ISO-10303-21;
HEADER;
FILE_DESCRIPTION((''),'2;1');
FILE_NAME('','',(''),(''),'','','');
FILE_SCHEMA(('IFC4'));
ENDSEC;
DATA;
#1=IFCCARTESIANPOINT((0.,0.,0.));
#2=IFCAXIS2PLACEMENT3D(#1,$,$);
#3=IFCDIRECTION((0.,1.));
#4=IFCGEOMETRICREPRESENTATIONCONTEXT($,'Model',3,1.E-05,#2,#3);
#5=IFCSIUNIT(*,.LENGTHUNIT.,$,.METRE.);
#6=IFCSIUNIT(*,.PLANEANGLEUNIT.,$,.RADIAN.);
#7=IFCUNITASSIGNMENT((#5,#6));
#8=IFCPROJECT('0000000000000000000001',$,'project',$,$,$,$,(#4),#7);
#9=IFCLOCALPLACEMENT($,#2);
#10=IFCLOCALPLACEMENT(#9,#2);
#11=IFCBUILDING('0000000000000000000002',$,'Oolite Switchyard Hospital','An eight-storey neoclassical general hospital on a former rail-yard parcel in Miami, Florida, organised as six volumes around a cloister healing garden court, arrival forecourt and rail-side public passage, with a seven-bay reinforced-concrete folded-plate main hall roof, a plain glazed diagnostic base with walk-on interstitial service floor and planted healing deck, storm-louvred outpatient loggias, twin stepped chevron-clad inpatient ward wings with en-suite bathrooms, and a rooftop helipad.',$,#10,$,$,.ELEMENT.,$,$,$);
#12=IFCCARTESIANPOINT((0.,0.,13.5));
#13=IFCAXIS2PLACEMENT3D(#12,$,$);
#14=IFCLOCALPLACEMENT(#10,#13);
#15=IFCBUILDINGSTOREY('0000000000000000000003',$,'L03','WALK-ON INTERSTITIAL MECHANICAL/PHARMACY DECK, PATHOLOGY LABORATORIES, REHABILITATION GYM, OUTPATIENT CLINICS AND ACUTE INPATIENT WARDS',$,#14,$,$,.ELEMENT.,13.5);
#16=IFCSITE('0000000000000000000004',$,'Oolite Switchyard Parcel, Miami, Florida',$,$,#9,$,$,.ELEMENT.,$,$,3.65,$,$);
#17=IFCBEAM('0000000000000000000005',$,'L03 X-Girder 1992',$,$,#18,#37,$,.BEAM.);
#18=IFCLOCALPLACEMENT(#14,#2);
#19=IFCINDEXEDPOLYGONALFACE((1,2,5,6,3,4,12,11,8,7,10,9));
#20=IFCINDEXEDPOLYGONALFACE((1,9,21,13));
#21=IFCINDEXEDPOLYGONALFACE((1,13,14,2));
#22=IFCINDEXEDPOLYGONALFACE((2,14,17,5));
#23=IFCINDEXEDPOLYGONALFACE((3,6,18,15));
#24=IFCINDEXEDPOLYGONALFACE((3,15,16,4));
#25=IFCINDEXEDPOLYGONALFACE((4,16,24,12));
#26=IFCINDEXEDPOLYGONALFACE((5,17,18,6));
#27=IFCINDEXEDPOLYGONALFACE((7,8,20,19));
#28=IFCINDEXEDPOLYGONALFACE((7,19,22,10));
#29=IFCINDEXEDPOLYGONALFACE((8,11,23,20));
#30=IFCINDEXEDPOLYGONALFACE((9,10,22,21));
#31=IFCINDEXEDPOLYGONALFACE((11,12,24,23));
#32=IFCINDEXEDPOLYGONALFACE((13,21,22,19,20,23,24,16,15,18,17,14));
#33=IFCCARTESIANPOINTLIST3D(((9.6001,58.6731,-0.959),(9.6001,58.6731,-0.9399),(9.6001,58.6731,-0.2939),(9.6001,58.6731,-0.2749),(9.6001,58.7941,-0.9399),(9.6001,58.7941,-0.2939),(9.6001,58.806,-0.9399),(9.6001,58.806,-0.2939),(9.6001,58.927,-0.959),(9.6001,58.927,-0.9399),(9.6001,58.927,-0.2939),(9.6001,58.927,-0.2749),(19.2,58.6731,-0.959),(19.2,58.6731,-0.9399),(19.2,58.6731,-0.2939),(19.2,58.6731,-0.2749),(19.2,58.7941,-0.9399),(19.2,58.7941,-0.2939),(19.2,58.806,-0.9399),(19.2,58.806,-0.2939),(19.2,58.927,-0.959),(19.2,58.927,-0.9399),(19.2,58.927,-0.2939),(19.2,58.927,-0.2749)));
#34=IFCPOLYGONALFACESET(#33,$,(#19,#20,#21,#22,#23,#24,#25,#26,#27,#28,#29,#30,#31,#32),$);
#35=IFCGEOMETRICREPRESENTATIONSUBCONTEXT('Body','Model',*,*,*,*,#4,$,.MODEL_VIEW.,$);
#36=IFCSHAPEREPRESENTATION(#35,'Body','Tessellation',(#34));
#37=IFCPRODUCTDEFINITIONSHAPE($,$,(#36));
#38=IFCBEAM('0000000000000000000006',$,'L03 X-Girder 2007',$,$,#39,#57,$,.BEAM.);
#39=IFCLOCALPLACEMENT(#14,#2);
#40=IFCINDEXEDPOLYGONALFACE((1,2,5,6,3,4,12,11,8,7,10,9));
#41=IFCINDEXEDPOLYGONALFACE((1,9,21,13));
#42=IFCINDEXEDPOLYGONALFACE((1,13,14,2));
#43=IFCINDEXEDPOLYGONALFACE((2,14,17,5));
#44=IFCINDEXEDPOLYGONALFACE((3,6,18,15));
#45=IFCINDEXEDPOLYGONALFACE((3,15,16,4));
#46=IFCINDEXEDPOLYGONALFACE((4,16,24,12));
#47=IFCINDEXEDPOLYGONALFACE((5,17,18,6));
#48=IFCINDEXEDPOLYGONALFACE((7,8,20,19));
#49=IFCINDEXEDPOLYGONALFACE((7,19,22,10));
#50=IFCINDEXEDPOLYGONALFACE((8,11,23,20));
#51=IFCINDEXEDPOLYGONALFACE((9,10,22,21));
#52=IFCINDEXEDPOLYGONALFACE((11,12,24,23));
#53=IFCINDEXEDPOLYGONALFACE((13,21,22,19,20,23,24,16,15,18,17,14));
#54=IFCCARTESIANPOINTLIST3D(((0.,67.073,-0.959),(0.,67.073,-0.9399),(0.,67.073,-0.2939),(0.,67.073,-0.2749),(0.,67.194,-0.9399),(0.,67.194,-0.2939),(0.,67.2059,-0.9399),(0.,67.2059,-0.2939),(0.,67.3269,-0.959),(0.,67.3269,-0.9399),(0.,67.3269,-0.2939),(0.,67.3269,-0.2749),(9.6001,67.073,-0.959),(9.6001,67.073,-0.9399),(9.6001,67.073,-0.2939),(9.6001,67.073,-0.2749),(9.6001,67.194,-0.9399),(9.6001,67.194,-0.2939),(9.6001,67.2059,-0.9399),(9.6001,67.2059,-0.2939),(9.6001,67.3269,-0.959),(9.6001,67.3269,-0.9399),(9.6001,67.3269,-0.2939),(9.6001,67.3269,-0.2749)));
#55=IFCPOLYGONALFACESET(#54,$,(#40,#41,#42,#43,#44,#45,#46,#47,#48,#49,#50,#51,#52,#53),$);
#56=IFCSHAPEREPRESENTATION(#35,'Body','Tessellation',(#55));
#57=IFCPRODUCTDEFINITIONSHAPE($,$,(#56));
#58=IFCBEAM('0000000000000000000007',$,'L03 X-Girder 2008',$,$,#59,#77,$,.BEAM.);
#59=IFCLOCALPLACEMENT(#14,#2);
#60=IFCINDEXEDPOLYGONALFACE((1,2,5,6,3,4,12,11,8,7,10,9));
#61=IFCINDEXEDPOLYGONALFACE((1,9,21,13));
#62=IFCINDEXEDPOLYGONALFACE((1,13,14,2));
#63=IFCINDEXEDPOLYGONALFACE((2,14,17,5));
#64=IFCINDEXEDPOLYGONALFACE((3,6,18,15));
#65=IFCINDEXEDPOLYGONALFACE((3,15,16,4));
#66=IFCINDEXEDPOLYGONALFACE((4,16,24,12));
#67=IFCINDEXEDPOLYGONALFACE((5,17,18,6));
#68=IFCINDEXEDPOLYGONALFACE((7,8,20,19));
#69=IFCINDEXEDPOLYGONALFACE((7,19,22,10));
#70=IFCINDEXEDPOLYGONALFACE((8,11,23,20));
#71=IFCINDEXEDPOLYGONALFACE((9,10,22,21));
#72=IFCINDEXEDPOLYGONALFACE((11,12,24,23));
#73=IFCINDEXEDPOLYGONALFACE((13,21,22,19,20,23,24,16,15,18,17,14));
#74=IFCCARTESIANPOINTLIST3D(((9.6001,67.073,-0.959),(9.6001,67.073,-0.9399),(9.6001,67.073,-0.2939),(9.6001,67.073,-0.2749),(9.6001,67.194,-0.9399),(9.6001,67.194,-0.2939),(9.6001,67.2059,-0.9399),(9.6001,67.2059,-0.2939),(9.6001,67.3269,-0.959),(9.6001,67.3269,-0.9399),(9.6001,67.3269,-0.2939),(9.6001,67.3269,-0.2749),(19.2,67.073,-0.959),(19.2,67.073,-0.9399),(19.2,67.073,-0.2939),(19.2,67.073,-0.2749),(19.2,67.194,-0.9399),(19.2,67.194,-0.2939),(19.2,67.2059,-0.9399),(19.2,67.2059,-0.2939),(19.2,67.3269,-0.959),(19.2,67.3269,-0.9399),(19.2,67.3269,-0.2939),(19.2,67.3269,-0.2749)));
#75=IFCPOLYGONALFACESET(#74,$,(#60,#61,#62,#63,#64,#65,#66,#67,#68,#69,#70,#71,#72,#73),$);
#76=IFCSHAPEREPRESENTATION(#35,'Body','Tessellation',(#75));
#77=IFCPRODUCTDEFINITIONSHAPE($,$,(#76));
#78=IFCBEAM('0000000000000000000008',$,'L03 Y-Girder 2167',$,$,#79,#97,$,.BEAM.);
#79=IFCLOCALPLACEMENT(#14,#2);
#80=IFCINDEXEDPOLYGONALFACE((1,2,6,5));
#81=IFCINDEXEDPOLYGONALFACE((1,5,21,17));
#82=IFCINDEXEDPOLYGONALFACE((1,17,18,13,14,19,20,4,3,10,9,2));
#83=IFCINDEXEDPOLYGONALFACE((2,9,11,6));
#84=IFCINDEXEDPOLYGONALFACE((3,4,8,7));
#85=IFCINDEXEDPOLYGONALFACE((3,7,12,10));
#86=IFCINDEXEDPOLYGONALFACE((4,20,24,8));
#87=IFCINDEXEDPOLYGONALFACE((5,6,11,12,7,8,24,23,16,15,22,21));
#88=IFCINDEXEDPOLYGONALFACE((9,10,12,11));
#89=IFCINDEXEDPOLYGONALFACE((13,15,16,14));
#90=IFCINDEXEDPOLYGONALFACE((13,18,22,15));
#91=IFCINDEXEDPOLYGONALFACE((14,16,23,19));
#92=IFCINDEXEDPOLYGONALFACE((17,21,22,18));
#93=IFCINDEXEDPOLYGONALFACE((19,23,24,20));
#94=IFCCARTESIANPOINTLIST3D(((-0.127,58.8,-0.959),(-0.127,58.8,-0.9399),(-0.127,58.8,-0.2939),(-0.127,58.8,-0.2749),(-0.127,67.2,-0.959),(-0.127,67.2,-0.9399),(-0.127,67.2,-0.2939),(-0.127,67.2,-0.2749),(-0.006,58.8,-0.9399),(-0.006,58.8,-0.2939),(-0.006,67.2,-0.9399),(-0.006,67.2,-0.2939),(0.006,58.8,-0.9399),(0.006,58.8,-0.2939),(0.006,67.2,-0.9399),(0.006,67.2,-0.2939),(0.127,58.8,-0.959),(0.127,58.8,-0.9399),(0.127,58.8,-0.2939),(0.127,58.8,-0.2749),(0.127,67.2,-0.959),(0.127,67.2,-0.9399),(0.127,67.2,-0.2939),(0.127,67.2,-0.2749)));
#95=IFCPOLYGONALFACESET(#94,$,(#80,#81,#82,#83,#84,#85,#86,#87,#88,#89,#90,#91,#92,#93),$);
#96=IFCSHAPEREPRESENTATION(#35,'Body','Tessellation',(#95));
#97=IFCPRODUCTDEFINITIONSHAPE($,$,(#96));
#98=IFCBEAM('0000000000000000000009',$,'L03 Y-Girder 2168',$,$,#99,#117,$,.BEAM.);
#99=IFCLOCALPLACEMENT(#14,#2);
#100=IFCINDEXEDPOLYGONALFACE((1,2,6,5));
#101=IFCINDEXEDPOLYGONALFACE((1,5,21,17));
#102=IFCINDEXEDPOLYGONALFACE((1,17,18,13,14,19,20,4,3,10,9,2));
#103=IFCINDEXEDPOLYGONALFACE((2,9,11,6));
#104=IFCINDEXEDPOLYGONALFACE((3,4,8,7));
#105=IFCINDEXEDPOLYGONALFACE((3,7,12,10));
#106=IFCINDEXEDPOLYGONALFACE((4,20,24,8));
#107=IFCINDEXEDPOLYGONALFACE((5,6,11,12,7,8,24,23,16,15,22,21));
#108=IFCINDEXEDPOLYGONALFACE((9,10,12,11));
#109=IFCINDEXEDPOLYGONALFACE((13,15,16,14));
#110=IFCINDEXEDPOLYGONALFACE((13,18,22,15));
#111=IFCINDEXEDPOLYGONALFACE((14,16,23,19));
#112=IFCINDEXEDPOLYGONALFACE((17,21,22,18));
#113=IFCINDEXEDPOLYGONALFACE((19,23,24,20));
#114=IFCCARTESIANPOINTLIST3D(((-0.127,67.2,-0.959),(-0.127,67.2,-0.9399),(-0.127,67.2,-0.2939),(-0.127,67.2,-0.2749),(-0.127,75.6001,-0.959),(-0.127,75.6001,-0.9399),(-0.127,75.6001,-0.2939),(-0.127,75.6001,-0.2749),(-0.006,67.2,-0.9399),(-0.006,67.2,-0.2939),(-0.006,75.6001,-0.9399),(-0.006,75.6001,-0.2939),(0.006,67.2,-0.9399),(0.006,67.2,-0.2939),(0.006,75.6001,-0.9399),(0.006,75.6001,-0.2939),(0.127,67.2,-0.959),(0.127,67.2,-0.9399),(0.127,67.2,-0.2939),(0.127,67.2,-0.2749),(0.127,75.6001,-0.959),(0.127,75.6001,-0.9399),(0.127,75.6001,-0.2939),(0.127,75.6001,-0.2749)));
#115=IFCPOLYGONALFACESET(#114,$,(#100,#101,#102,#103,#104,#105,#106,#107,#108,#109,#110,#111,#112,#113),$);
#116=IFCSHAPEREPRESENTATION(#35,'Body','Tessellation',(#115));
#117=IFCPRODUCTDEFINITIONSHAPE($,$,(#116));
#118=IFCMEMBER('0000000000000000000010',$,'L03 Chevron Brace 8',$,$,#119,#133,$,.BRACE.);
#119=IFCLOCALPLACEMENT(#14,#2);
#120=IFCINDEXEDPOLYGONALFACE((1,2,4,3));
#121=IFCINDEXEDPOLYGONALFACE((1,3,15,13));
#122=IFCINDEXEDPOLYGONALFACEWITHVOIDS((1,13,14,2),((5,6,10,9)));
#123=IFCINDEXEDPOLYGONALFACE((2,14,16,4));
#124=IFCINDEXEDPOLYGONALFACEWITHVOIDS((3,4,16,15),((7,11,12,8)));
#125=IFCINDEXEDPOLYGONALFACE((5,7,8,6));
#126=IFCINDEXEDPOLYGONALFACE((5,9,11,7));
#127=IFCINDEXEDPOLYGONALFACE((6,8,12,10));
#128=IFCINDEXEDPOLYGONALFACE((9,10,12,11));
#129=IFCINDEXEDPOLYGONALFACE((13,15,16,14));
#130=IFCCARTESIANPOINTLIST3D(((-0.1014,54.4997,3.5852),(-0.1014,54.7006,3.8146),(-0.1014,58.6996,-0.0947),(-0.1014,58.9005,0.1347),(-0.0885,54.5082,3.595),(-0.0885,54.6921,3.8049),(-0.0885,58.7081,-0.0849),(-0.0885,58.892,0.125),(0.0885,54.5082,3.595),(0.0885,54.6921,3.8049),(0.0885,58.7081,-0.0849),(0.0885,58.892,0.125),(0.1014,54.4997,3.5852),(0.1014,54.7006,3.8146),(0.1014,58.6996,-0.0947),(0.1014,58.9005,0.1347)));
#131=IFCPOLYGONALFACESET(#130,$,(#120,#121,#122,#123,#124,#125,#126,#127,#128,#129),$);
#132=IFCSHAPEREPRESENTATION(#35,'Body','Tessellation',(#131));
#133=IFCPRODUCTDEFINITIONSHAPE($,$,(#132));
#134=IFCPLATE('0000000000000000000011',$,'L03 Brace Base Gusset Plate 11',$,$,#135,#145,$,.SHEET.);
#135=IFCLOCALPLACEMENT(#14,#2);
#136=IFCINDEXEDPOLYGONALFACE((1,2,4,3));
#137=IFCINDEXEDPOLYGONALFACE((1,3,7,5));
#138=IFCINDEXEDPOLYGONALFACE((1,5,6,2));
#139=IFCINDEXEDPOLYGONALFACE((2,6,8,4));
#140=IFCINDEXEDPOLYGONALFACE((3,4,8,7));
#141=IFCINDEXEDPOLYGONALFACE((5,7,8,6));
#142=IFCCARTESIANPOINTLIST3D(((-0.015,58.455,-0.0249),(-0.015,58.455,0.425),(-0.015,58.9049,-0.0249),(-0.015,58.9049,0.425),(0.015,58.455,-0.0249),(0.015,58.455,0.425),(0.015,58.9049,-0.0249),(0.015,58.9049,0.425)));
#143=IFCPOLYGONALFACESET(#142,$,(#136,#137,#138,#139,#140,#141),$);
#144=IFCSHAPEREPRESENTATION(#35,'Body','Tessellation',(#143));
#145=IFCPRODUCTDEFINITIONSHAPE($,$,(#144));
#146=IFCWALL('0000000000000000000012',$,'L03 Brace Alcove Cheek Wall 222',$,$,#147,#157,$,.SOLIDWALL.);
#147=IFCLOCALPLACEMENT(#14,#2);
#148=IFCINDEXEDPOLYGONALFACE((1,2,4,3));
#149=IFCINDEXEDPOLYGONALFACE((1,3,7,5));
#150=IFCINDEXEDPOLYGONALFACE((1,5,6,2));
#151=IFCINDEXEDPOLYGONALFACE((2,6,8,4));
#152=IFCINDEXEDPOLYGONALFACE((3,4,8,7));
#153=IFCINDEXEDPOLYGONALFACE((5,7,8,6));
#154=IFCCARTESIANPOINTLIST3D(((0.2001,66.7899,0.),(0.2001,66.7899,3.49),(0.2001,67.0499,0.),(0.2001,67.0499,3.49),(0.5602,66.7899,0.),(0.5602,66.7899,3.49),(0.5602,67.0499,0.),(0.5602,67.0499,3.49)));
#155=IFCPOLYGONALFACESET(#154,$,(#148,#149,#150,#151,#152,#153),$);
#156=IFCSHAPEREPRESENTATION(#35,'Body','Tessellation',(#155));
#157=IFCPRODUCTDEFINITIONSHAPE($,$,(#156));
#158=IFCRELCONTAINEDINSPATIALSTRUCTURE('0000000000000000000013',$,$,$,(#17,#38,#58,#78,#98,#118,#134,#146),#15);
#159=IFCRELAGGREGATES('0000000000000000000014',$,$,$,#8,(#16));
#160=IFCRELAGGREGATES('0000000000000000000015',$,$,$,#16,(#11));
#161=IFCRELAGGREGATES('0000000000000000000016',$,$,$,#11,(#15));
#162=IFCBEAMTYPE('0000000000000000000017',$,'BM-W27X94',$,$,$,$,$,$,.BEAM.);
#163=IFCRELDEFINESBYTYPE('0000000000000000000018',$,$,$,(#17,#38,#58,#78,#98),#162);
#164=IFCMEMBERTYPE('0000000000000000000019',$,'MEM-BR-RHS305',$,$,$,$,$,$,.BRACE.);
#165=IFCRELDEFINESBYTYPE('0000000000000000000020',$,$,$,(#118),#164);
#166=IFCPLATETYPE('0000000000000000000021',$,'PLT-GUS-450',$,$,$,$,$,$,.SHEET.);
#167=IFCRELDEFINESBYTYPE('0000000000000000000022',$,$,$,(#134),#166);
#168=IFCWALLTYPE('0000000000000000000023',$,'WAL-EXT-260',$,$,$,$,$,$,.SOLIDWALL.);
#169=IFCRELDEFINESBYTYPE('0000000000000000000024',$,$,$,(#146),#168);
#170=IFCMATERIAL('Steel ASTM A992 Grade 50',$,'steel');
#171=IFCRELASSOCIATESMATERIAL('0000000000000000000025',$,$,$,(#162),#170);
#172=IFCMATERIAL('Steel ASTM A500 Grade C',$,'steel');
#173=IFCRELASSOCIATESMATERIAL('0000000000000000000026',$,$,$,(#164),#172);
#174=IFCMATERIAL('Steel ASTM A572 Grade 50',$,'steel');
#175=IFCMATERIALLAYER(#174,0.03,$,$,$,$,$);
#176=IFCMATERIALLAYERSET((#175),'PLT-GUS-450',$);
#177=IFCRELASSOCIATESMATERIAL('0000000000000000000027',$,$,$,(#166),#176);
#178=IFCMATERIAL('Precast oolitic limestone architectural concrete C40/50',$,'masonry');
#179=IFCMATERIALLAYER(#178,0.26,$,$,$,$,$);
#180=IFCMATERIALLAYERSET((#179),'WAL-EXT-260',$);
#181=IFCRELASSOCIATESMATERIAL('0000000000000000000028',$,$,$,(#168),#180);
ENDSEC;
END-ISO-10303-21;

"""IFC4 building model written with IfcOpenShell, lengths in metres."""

from ifc_helpers import new_model, si_unit, direction, frame, frame_2d, origin, origin_2d, place, context, subcontext, project, spatial, rectangle, hollow_rectangle, i_section, extrude, material, layer, layer_set, material_profile, profile_set, type_object, element, save


model = new_model("IFC4")

# Units and contexts
model_context = context("Model", 3, precision=1e-05, world=origin(), true_north=direction((0.0, 1.0)))
body_context = subcontext(model_context, "Body", "Model", "MODEL_VIEW")
ifc_project = project(units=[si_unit("LENGTHUNIT", "METRE"), si_unit("PLANEANGLEUNIT", "RADIAN")], contexts=[model_context])

# Site, building, storey
site_placement = place(None, origin())
site = spatial("IfcSite", under=ifc_project, at=site_placement, Name="Oolite Switchyard Parcel, Miami, Florida", CompositionType="ELEMENT", RefElevation=3.65)
building_placement = place(site_placement, origin())
building = spatial("IfcBuilding", under=site, at=building_placement, Name="Oolite Switchyard Hospital", Description="An eight-storey neoclassical general hospital on a former rail-yard parcel in Miami, Florida, organised as six volumes around a cloister healing garden court, arrival forecourt and rail-side public passage, with a seven-bay reinforced-concrete folded-plate main hall roof, a plain glazed diagnostic base with walk-on interstitial service floor and planted healing deck, storm-louvred outpatient loggias, twin stepped chevron-clad inpatient ward wings with en-suite bathrooms, and a rooftop helipad.", CompositionType="ELEMENT")
storey_placement = place(building_placement, frame((0.0, 0.0, 13.5)))
storey = spatial("IfcBuildingStorey", under=building, at=storey_placement, Name="L03", Description="WALK-ON INTERSTITIAL MECHANICAL/PHARMACY DECK, PATHOLOGY LABORATORIES, REHABILITATION GYM, OUTPATIENT CLINICS AND ACUTE INPATIENT WARDS", CompositionType="ELEMENT", Elevation=13.5)

# Beams
ifc_material_1 = material(Name="Steel ASTM A992 Grade 50", Category="steel")
ifc_material_profile_1 = material_profile(ifc_material_1, i_section(OverallWidth=0.2539, OverallDepth=0.6841, WebThickness=0.012, FlangeThickness=0.019, at=origin_2d()), Name="W27X94")
ifc_profile_set_1 = profile_set([ifc_material_profile_1], Name="Steel ASTM A992 Grade 50")
beam_type_1 = type_object("IfcBeamType", Name="BM-W27X94", PredefinedType="BEAM", material=ifc_profile_set_1)
beam_1_placement = place(storey_placement, frame((9.6001, 58.8, -0.6169), z_axis=(1.0, 0.0, 0.0), x_axis=(0.0, 1.0, 0.0)))
element("IfcBeam", 1, at=beam_1_placement, inside=storey, type_object=beam_type_1, Name="L03 X-Girder 1992", PredefinedType="BEAM", context=body_context, shape_type="SweptSolid", body=[
    extrude(i_section(OverallWidth=0.2539, OverallDepth=0.6841, WebThickness=0.012, FlangeThickness=0.019, at=origin_2d()), origin(), (0.0, 0.0, 1.0), 9.5999),
])
beam_2_placement = place(storey_placement, frame((0.0, 67.2, -0.6169), z_axis=(1.0, 0.0, 0.0), x_axis=(0.0, 1.0, 0.0)))
element("IfcBeam", 2, at=beam_2_placement, inside=storey, type_object=beam_type_1, Name="L03 X-Girder 2007", PredefinedType="BEAM", context=body_context, shape_type="SweptSolid", body=[
    extrude(i_section(OverallWidth=0.2539, OverallDepth=0.6841, WebThickness=0.012, FlangeThickness=0.019, at=origin_2d()), origin(), (0.0, 0.0, 1.0), 9.6001),
])
beam_3_placement = place(storey_placement, frame((9.6001, 67.2, -0.6169), z_axis=(1.0, 0.0, 0.0), x_axis=(0.0, 1.0, 0.0)))
element("IfcBeam", 3, at=beam_3_placement, inside=storey, type_object=beam_type_1, Name="L03 X-Girder 2008", PredefinedType="BEAM", context=body_context, shape_type="SweptSolid", body=[
    extrude(i_section(OverallWidth=0.2539, OverallDepth=0.6841, WebThickness=0.012, FlangeThickness=0.019, at=origin_2d()), origin(), (0.0, 0.0, 1.0), 9.5999),
])
beam_4_placement = place(storey_placement, frame((0.0, 58.8, -0.6169), z_axis=(0.0, 1.0, 0.0), x_axis=(-1.0, 0.0, 0.0)))
element("IfcBeam", 4, at=beam_4_placement, inside=storey, type_object=beam_type_1, Name="L03 Y-Girder 2167", PredefinedType="BEAM", context=body_context, shape_type="SweptSolid", body=[
    extrude(i_section(OverallWidth=0.2539, OverallDepth=0.6841, WebThickness=0.012, FlangeThickness=0.019, at=origin_2d()), origin(), (0.0, 0.0, 1.0), 8.3999),
])
beam_5_placement = place(storey_placement, frame((0.0, 67.2, -0.6169), z_axis=(0.0, 1.0, 0.0), x_axis=(-1.0, 0.0, 0.0)))
element("IfcBeam", 5, at=beam_5_placement, inside=storey, type_object=beam_type_1, Name="L03 Y-Girder 2168", PredefinedType="BEAM", context=body_context, shape_type="SweptSolid", body=[
    extrude(i_section(OverallWidth=0.2539, OverallDepth=0.6841, WebThickness=0.012, FlangeThickness=0.019, at=origin_2d()), origin(), (0.0, 0.0, 1.0), 8.4001),
])

# Member
ifc_material_2 = material(Name="Steel ASTM A500 Grade C", Category="steel")
ifc_material_profile_2 = material_profile(ifc_material_2, hollow_rectangle(XDim=0.2029, YDim=0.3049, WallThickness=0.0129, at=origin_2d()), Name="HSS305X203X13")
ifc_profile_set_2 = profile_set([ifc_material_profile_2], Name="Steel ASTM A500 Grade C")
member_type = type_object("IfcMemberType", Name="MEM-BR-RHS305", PredefinedType="BRACE", material=ifc_profile_set_2)
member_placement = place(storey_placement, frame((0.0, 58.8, 0.02), z_axis=(0.0, -0.752135, 0.659009), x_axis=(1.0, 0.0, 0.0)))
element("IfcMember", 6, at=member_placement, inside=storey, type_object=member_type, Name="L03 Chevron Brace 8", PredefinedType="BRACE", context=body_context, shape_type="SweptSolid", body=[
    extrude(hollow_rectangle(XDim=0.2029, YDim=0.3049, WallThickness=0.0129, at=origin_2d()), origin(), (0.0, 0.0, 1.0), 5.584),
])

# Plate
ifc_material_3 = material(Name="Steel ASTM A572 Grade 50", Category="steel")
ifc_layer_1 = layer(ifc_material_3, 0.03)
ifc_layer_set_1 = layer_set([ifc_layer_1], Name="PLT-GUS-450")
plate_type = type_object("IfcPlateType", Name="PLT-GUS-450", PredefinedType="SHEET", material=ifc_layer_set_1)
plate_placement = place(storey_placement, frame((0.0, 58.6799, -0.0249), z_axis=(0.0, 0.0, 1.0), x_axis=(0.0, 1.0, 0.0)))
element("IfcPlate", 7, at=plate_placement, inside=storey, type_object=plate_type, Name="L03 Brace Base Gusset Plate 11", PredefinedType="SHEET", context=body_context, shape_type="SweptSolid", body=[
    extrude(rectangle(XDim=0.45, YDim=0.03, at=origin_2d()), origin(), (0.0, 0.0, 1.0), 0.45),
])

# Wall
ifc_material_4 = material(Name="Precast oolitic limestone architectural concrete C40/50", Category="masonry")
ifc_layer_2 = layer(ifc_material_4, 0.26)
ifc_layer_set_2 = layer_set([ifc_layer_2], Name="WAL-EXT-260")
wall_type_1 = type_object("IfcWallType", Name="WAL-EXT-260", PredefinedType="SOLIDWALL", material=ifc_layer_set_2)
wall_1_placement = place(storey_placement, frame((0.2, 66.9199, 0.0), z_axis=(0.0, 0.0, 1.0), x_axis=(1.0, 0.0, 0.0)))
element("IfcWall", 8, at=wall_1_placement, inside=storey, type_object=wall_type_1, Name="L03 Brace Alcove Cheek Wall 222", PredefinedType="SOLIDWALL", context=body_context, shape_type="SweptSolid", body=[
    extrude(rectangle(XDim=0.3601, YDim=0.26, at=frame_2d((0.1802, 0.0))), origin(), (0.0, 0.0, 1.0), 3.49),
])

save(model, "model.ifc")
